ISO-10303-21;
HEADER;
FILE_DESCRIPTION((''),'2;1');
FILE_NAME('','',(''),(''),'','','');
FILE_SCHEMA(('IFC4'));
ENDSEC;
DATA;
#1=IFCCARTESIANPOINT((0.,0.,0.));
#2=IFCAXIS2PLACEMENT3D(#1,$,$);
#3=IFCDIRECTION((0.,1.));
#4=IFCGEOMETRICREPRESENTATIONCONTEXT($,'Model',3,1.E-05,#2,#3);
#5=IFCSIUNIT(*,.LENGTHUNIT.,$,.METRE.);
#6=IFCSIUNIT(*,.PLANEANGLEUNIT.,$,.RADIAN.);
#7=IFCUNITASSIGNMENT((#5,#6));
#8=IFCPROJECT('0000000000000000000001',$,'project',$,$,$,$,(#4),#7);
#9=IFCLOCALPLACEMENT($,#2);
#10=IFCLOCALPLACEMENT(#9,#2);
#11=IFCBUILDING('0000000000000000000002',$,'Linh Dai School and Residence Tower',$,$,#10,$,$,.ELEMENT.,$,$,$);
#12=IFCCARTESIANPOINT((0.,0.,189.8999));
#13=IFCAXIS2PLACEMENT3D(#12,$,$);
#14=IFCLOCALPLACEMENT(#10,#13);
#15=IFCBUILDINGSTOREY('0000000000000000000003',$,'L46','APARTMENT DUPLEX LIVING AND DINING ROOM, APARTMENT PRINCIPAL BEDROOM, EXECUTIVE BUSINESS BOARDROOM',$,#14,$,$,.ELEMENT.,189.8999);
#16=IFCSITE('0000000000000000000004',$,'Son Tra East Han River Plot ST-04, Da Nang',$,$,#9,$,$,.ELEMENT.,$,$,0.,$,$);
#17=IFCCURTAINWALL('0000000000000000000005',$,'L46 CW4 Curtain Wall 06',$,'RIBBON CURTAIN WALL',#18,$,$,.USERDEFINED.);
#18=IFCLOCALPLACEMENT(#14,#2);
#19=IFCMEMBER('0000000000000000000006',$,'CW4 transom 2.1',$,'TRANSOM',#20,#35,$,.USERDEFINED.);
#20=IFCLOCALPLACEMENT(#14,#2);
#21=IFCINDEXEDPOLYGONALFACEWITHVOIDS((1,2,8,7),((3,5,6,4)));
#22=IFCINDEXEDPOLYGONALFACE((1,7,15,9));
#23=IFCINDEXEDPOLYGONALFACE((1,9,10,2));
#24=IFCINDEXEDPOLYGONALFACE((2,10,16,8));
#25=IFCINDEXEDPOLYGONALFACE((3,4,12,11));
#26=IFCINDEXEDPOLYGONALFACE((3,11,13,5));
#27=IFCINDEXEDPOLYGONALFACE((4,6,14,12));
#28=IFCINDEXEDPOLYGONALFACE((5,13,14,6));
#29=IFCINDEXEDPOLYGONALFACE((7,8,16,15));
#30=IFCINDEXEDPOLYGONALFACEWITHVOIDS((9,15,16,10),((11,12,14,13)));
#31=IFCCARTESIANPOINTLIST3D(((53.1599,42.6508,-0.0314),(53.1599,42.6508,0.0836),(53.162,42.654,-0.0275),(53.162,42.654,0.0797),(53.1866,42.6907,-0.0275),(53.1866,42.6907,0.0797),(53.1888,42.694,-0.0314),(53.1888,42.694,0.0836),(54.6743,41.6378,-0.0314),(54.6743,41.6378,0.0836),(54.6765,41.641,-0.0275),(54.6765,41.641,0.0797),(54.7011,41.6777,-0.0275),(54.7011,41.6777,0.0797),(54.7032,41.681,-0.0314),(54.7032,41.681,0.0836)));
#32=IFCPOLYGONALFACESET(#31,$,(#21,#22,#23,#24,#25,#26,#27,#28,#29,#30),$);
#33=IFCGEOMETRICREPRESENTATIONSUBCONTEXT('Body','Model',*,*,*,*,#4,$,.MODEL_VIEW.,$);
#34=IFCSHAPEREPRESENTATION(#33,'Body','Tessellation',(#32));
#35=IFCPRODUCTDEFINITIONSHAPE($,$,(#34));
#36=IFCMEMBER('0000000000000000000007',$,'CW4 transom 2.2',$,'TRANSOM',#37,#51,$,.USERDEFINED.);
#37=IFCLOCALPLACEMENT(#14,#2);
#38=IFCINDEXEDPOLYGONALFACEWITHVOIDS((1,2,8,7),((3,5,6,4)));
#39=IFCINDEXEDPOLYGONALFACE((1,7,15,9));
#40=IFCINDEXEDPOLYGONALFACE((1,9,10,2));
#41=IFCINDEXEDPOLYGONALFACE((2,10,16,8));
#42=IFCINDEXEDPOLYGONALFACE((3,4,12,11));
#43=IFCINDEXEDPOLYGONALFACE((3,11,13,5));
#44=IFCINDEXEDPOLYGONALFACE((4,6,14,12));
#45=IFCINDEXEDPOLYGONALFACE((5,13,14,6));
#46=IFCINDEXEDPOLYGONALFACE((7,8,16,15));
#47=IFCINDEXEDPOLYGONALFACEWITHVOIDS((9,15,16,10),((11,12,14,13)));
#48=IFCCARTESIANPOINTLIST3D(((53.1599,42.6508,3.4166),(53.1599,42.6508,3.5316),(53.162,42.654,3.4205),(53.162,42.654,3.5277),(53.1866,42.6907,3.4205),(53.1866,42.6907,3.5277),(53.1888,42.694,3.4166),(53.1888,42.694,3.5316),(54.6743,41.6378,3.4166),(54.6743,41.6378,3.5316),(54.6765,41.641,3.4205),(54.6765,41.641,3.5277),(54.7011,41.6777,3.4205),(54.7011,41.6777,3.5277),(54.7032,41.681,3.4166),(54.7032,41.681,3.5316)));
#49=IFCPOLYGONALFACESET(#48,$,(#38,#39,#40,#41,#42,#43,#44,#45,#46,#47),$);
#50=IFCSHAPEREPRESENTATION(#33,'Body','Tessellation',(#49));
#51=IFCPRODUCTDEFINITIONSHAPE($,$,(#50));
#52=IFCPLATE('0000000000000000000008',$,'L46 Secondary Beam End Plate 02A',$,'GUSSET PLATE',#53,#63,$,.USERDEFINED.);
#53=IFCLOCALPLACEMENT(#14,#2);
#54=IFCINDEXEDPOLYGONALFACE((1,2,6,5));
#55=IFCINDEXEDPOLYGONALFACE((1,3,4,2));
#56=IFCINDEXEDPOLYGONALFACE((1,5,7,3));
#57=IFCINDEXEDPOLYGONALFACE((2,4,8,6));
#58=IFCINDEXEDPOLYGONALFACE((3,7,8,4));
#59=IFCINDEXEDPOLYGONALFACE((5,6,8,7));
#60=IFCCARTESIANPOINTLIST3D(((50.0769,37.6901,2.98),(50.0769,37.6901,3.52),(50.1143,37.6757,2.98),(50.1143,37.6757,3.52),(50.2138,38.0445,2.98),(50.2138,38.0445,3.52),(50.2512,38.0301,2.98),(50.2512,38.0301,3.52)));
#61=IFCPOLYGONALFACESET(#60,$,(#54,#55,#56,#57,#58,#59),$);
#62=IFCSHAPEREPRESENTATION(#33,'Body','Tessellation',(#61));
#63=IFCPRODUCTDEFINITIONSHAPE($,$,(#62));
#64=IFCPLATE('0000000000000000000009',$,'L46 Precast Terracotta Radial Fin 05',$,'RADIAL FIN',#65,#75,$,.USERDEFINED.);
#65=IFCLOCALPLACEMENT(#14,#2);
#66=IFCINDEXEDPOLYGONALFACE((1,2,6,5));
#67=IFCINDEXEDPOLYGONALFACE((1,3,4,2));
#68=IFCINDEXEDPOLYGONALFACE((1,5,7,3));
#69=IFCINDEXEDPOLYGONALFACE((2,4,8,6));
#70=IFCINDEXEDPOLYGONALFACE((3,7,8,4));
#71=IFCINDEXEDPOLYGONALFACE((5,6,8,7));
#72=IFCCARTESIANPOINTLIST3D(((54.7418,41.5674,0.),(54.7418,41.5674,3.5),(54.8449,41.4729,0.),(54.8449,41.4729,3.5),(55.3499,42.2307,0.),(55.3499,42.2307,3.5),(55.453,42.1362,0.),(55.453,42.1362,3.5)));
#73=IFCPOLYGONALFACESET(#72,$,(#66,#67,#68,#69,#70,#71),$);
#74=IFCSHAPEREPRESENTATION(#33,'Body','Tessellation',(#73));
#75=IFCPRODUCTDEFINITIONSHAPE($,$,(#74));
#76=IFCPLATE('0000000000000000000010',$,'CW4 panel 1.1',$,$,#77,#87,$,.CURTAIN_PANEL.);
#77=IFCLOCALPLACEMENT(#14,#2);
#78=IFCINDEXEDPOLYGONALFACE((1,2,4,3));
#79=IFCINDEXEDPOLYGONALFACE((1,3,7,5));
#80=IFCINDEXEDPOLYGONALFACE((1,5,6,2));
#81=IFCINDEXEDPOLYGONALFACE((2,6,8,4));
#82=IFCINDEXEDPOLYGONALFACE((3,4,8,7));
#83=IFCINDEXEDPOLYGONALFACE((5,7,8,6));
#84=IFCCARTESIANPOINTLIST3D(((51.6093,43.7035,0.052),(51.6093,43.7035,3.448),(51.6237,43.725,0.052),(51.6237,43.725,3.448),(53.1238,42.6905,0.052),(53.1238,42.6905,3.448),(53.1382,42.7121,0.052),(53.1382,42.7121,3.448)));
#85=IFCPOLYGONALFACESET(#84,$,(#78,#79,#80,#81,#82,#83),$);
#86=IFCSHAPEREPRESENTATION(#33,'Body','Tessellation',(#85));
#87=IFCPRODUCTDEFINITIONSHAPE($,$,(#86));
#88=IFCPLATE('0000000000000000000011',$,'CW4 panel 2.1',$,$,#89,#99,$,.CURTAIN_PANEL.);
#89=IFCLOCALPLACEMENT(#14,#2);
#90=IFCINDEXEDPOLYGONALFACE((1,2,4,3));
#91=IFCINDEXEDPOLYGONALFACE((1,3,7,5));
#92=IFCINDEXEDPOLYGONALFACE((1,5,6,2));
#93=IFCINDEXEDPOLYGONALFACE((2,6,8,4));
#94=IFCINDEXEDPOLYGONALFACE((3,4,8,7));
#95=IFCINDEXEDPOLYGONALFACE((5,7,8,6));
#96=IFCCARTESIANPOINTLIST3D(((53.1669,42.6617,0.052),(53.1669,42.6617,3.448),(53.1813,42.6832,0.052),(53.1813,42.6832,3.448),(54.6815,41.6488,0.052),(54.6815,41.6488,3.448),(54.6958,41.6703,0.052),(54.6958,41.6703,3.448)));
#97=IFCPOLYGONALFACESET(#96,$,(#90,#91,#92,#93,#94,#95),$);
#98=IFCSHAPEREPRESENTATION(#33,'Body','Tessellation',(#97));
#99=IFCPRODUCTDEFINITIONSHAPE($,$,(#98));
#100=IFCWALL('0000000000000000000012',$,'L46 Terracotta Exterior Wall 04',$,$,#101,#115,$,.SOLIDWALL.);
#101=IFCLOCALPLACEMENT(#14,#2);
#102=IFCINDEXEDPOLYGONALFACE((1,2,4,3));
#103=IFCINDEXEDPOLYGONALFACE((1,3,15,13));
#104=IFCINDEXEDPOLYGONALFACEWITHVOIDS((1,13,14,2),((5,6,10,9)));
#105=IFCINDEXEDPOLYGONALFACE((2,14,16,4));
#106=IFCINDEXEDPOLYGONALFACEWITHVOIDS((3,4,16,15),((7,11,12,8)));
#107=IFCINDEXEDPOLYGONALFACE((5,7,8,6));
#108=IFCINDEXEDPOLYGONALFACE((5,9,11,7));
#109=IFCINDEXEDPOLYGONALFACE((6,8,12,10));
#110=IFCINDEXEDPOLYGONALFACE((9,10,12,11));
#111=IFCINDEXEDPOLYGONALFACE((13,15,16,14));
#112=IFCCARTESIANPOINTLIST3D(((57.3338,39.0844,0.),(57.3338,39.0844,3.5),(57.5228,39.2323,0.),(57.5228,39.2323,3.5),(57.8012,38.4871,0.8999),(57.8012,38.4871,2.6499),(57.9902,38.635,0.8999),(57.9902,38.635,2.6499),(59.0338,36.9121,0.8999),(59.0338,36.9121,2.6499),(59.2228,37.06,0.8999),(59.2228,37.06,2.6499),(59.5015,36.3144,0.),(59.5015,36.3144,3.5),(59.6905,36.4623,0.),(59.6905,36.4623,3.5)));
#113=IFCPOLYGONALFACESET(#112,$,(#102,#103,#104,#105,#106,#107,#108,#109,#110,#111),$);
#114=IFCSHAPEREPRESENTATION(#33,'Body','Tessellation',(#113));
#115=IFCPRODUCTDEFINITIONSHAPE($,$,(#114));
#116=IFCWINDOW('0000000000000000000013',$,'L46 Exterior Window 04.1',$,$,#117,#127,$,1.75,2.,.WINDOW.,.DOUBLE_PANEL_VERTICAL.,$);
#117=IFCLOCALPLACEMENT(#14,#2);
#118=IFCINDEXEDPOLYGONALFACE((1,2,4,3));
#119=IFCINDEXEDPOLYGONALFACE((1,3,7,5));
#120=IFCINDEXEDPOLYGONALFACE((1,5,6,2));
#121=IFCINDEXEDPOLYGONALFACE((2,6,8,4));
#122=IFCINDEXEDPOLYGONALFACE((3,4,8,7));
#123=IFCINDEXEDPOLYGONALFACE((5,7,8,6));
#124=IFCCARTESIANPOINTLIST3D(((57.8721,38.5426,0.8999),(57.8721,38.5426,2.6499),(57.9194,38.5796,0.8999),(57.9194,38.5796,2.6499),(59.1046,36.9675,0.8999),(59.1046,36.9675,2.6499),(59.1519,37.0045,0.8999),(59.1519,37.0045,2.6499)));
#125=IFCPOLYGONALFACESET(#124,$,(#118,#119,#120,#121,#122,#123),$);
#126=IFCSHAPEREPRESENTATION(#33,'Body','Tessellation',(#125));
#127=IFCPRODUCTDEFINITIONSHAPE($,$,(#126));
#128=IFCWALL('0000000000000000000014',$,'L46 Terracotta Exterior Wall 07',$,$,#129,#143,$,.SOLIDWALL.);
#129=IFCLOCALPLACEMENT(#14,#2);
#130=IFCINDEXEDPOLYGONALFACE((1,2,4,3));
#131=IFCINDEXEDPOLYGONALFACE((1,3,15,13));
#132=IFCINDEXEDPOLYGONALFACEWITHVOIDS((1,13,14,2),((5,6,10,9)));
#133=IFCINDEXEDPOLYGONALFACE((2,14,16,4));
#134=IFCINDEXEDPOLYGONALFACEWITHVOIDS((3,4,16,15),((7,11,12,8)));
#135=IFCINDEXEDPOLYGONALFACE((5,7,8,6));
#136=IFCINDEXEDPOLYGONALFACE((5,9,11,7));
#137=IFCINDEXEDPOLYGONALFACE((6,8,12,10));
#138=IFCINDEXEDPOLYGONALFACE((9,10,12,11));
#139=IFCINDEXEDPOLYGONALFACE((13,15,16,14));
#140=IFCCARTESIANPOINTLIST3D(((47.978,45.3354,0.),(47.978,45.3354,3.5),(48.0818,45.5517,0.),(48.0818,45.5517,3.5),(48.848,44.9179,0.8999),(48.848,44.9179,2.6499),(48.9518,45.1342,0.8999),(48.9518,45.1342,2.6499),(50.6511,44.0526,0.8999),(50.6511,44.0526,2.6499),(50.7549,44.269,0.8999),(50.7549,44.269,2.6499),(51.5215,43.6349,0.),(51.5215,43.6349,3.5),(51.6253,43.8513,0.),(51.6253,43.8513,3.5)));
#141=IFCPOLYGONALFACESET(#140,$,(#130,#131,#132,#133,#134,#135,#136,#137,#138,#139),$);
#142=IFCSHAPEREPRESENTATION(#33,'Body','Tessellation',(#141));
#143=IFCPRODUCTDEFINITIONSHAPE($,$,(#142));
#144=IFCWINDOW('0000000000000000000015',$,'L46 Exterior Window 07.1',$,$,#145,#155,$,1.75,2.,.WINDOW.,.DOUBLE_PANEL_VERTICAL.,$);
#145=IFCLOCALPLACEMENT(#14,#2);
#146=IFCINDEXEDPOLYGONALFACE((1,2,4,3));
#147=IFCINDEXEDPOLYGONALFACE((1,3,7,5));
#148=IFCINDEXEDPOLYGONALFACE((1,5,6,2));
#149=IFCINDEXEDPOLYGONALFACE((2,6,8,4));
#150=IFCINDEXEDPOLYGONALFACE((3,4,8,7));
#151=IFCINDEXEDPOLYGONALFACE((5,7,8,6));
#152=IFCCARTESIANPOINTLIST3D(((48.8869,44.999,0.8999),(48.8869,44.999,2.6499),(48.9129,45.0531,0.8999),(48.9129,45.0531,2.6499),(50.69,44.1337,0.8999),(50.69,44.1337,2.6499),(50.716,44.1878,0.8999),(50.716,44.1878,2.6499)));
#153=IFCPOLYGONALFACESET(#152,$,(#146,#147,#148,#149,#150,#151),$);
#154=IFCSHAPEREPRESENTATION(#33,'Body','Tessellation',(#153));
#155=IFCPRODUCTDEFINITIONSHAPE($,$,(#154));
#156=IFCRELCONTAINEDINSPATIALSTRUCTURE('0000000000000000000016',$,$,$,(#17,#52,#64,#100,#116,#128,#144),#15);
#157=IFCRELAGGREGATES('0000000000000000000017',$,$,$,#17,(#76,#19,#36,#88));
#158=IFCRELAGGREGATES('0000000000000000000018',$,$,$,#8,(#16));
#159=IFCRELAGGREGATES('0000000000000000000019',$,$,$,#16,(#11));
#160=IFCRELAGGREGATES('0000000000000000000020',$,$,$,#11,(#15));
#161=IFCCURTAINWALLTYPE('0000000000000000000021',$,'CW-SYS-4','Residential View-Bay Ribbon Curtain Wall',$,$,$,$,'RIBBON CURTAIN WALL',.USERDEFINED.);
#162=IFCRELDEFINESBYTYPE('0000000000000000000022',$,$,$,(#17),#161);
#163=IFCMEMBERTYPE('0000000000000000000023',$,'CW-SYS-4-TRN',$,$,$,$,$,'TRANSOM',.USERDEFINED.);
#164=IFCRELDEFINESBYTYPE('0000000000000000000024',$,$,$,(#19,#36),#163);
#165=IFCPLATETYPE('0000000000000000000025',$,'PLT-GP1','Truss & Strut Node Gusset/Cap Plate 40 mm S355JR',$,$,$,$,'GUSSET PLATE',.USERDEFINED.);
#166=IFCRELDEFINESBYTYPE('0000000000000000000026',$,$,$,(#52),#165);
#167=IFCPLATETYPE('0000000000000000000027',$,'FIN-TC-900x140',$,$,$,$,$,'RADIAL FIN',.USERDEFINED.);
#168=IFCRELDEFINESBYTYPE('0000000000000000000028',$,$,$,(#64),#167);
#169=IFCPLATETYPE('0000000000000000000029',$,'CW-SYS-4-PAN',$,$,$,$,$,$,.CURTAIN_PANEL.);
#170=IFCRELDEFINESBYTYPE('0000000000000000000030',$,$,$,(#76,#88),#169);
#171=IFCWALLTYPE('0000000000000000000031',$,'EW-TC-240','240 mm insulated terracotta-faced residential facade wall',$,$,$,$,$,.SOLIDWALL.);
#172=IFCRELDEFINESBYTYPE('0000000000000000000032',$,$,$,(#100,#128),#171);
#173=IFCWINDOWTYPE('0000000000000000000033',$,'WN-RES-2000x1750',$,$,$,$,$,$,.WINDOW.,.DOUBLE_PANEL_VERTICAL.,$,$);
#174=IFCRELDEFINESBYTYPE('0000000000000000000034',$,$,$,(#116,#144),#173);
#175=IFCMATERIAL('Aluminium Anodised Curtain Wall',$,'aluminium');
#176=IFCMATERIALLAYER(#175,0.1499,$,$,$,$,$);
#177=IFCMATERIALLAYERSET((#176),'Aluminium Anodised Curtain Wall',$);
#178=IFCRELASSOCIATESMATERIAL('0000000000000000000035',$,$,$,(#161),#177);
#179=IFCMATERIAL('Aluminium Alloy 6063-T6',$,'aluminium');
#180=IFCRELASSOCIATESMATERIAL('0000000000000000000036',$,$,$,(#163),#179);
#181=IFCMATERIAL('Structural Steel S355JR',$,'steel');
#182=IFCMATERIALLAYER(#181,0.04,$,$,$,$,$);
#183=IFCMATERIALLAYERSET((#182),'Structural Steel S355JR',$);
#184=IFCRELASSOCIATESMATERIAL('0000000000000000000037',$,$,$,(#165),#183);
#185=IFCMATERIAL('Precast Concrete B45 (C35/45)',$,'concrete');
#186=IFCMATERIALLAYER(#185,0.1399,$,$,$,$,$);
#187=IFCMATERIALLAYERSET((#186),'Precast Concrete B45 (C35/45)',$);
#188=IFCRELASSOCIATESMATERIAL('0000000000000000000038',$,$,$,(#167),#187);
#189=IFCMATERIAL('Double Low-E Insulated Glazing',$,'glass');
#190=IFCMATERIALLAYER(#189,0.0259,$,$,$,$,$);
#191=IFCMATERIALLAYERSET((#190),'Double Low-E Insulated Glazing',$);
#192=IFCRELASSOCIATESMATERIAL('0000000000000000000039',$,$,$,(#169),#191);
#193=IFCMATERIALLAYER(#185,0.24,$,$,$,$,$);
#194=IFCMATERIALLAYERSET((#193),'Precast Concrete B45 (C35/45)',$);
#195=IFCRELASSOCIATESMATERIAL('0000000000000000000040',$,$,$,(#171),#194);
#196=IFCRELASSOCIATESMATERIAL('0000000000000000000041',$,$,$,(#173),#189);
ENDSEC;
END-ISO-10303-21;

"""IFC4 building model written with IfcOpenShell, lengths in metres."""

from ifc_helpers import new_model, si_unit, direction, frame, frame_2d, origin, origin_2d, place, context, subcontext, project, spatial, rectangle, hollow_rectangle, extrude, source, transform, mapped, material, layer, layer_set, material_profile, profile_set, type_object, element, fill, aggregate, save


model = new_model("IFC4")

# Units and contexts
model_context = context("Model", 3, precision=1e-05, world=origin(), true_north=direction((0.0, 1.0)))
body_context = subcontext(model_context, "Body", "Model", "MODEL_VIEW")
ifc_project = project(units=[si_unit("LENGTHUNIT", "METRE"), si_unit("PLANEANGLEUNIT", "RADIAN")], contexts=[model_context])

# Site, building, storey
site_placement = place(None, origin())
site = spatial("IfcSite", under=ifc_project, at=site_placement, Name="Son Tra East Han River Plot ST-04, Da Nang", CompositionType="ELEMENT", RefElevation=0.0)
building_placement = place(site_placement, origin())
building = spatial("IfcBuilding", under=site, at=building_placement, Name="Linh Dai School and Residence Tower", CompositionType="ELEMENT")
storey_placement = place(building_placement, frame((0.0, 0.0, 189.8999)))
storey = spatial("IfcBuildingStorey", under=building, at=storey_placement, Name="L46", Description="APARTMENT DUPLEX LIVING AND DINING ROOM, APARTMENT PRINCIPAL BEDROOM, EXECUTIVE BUSINESS BOARDROOM", CompositionType="ELEMENT", Elevation=189.8999)

# Shared definitions
ifc_material_1 = material(Name="Structural Steel S355JR", Category="steel")

# Curtain wall, members
ifc_material_2 = material(Name="Aluminium Anodised Curtain Wall", Category="aluminium")
ifc_layer_1 = layer(ifc_material_2, 0.1499)
ifc_layer_set_1 = layer_set([ifc_layer_1], Name="Aluminium Anodised Curtain Wall")
curtain_wall_type = type_object("IfcCurtainWallType", Name="CW-SYS-4", Description="Residential View-Bay Ribbon Curtain Wall", ElementType="RIBBON CURTAIN WALL", PredefinedType="USERDEFINED", material=ifc_layer_set_1)
curtain_wall_placement = place(storey_placement, origin())
curtain_wall = element("IfcCurtainWall", 1, at=curtain_wall_placement, inside=storey, type_object=curtain_wall_type, Name="L46 CW4 Curtain Wall 06", ObjectType="RIBBON CURTAIN WALL", PredefinedType="USERDEFINED")
ifc_material_3 = material(Name="Aluminium Alloy 6063-T6", Category="aluminium")
ifc_material_profile_1 = material_profile(ifc_material_3, hollow_rectangle(XDim=0.052, YDim=0.115, WallThickness=0.0039, at=origin_2d()), Name="RHS 115x52x4")
ifc_profile_set_1 = profile_set([ifc_material_profile_1], Name="Aluminium Alloy 6063-T6")
member_type_1 = type_object("IfcMemberType", Name="CW-SYS-4-TRN", ElementType="TRANSOM", PredefinedType="USERDEFINED", material=ifc_profile_set_1)
shared_shape_1 = source(origin(), body_context, "Body", "SweptSolid", [
    extrude(hollow_rectangle(XDim=0.052, YDim=0.115, WallThickness=0.0039, at=origin_2d()), origin(), (0.0, 0.0, 1.0), 1.822),
])
member_1_placement = place(storey_placement, frame((53.1743, 42.6724, 0.0261), z_axis=(0.831204, -0.555967, 0.0), x_axis=(0.555967, 0.831204, 0.0)))
member_1 = element("IfcMember", 2, at=member_1_placement, type_object=member_type_1, Name="CW4 transom 2.1", ObjectType="TRANSOM", PredefinedType="USERDEFINED", context=body_context, shape_type="MappedRepresentation", body=[
    mapped(shared_shape_1, transform((0.0, 0.0, 0.0), x_axis=(1.0, 0.0, 0.0), y_axis=(0.0, 1.0, 0.0), z_axis=(0.0, 0.0, 1.0), scale=1.0)),
])
member_2_placement = place(storey_placement, frame((53.1743, 42.6724, 3.4741), z_axis=(0.831204, -0.555967, 0.0), x_axis=(0.555967, 0.831204, 0.0)))
member_2 = element("IfcMember", 3, at=member_2_placement, type_object=member_type_1, Name="CW4 transom 2.2", ObjectType="TRANSOM", PredefinedType="USERDEFINED", context=body_context, shape_type="MappedRepresentation", body=[
    mapped(shared_shape_1, transform((0.0, 0.0, 0.0), x_axis=(1.0, 0.0, 0.0), y_axis=(0.0, 1.0, 0.0), z_axis=(0.0, 0.0, 1.0), scale=1.0)),
])

# Plates
ifc_layer_2 = layer(ifc_material_1, 0.04)
ifc_layer_set_2 = layer_set([ifc_layer_2], Name="Structural Steel S355JR")
plate_type_1 = type_object("IfcPlateType", Name="PLT-GP1", Description="Truss & Strut Node Gusset/Cap Plate 40 mm S355JR", ElementType="GUSSET PLATE", PredefinedType="USERDEFINED", material=ifc_layer_set_2)
shared_shape_2 = source(origin(), body_context, "Body", "SweptSolid", [
    extrude(rectangle(XDim=0.04, YDim=0.3799, at=origin_2d()), origin(), (0.0, 0.0, 1.0), 0.54),
])
plate_1_placement = place(storey_placement, frame((50.1641, 37.8601, 2.98), z_axis=(0.0, 0.0, 1.0), x_axis=(-0.932823, 0.360335, 0.0)))
element("IfcPlate", 4, at=plate_1_placement, inside=storey, type_object=plate_type_1, Name="L46 Secondary Beam End Plate 02A", ObjectType="GUSSET PLATE", PredefinedType="USERDEFINED", context=body_context, shape_type="MappedRepresentation", body=[
    mapped(shared_shape_2, transform((0.0, 0.0, 0.0), x_axis=(1.0, 0.0, 0.0), y_axis=(0.0, 1.0, 0.0), z_axis=(0.0, 0.0, 1.0), scale=1.0)),
])
ifc_material_4 = material(Name="Precast Concrete B45 (C35/45)", Category="concrete")
ifc_layer_3 = layer(ifc_material_4, 0.1399)
ifc_layer_set_3 = layer_set([ifc_layer_3], Name="Precast Concrete B45 (C35/45)")
plate_type_2 = type_object("IfcPlateType", Name="FIN-TC-900x140", ElementType="RADIAL FIN", PredefinedType="USERDEFINED", material=ifc_layer_set_3)
shared_shape_3 = source(origin(), body_context, "Body", "SweptSolid", [
    extrude(rectangle(XDim=0.8999, YDim=0.1399, at=origin_2d()), origin(), (0.0, 0.0, 1.0), 3.5),
])
plate_2_placement = place(storey_placement, frame((55.0974, 41.8518, 0.0), z_axis=(0.0, 0.0, 1.0), x_axis=(0.6758, 0.737085, 0.0)))
element("IfcPlate", 5, at=plate_2_placement, inside=storey, type_object=plate_type_2, Name="L46 Precast Terracotta Radial Fin 05", ObjectType="RADIAL FIN", PredefinedType="USERDEFINED", context=body_context, shape_type="MappedRepresentation", body=[
    mapped(shared_shape_3, transform((0.0, 0.0, 0.0), x_axis=(1.0, 0.0, 0.0), y_axis=(0.0, 1.0, 0.0), z_axis=(0.0, 0.0, 1.0), scale=1.0)),
])

# Plates
ifc_material_5 = material(Name="Double Low-E Insulated Glazing", Category="glass")
ifc_layer_4 = layer(ifc_material_5, 0.0259)
ifc_layer_set_4 = layer_set([ifc_layer_4], Name="Double Low-E Insulated Glazing")
plate_type_3 = type_object("IfcPlateType", Name="CW-SYS-4-PAN", PredefinedType="CURTAIN_PANEL", material=ifc_layer_set_4)
shared_shape_4 = source(origin(), body_context, "Body", "SweptSolid", [
    extrude(rectangle(XDim=1.822, YDim=0.0259, at=origin_2d()), origin(), (0.0, 0.0, 1.0), 3.396),
])
plate_3_placement = place(storey_placement, frame((52.3738, 43.2078, 0.052), z_axis=(0.0, 0.0, 1.0), x_axis=(0.831228, -0.555931, 0.0)))
plate_3 = element("IfcPlate", 6, at=plate_3_placement, type_object=plate_type_3, Name="CW4 panel 1.1", PredefinedType="CURTAIN_PANEL", context=body_context, shape_type="MappedRepresentation", body=[
    mapped(shared_shape_4, transform((0.0, 0.0, 0.0), x_axis=(1.0, 0.0, 0.0), y_axis=(0.0, 1.0, 0.0), z_axis=(0.0, 0.0, 1.0), scale=1.0)),
])
plate_4_placement = place(storey_placement, frame((53.9314, 42.166, 0.052), z_axis=(0.0, 0.0, 1.0), x_axis=(0.831228, -0.555931, 0.0)))
plate_4 = element("IfcPlate", 7, at=plate_4_placement, type_object=plate_type_3, Name="CW4 panel 2.1", PredefinedType="CURTAIN_PANEL", context=body_context, shape_type="MappedRepresentation", body=[
    mapped(shared_shape_4, transform((0.0, 0.0, 0.0), x_axis=(1.0, 0.0, 0.0), y_axis=(0.0, 1.0, 0.0), z_axis=(0.0, 0.0, 1.0), scale=1.0)),
])
aggregate(curtain_wall, [plate_3, member_1, member_2, plate_4])

# Wall, opening, window
ifc_layer_5 = layer(ifc_material_4, 0.24)
ifc_layer_set_5 = layer_set([ifc_layer_5], Name="Precast Concrete B45 (C35/45)")
wall_type_1 = type_object("IfcWallType", Name="EW-TC-240", Description="240 mm insulated terracotta-faced residential facade wall", PredefinedType="SOLIDWALL", material=ifc_layer_set_5)
wall_1_placement = place(storey_placement, frame((57.4282, 39.1584, 0.0), z_axis=(0.0, 0.0, 1.0), x_axis=(0.616288, -0.787521, 0.0)))
wall_1 = element("IfcWall", 8, at=wall_1_placement, inside=storey, type_object=wall_type_1, Name="L46 Terracotta Exterior Wall 04", PredefinedType="SOLIDWALL", context=body_context, shape_type="SweptSolid", body=[
    extrude(rectangle(XDim=3.5173, YDim=0.24, at=frame_2d((1.7588, 0.0))), origin(), (0.0, 0.0, 1.0), 3.5),
])
opening_1_placement = place(wall_1_placement, frame((0.7585, 0.0, 0.8999)))
opening_1 = element("IfcOpeningElement", 9, at=opening_1_placement, cuts=wall_1, PredefinedType="OPENING", context=body_context, shape_type="SweptSolid", body=[
    extrude(rectangle(XDim=2.0, YDim=1.75, at=origin_2d()), frame((1.0, 0.1299, 0.875), z_axis=(0.0, -1.0, 0.0), x_axis=(1.0, 0.0, 0.0)), (0.0, 0.0, 1.0), 0.26),
])
window_type = type_object("IfcWindowType", Name="WN-RES-2000x1750", PartitioningType="DOUBLE_PANEL_VERTICAL", PredefinedType="WINDOW", material=ifc_material_5)
shared_shape_5 = source(origin(), body_context, "Body", "SweptSolid", [
    extrude(rectangle(XDim=2.0, YDim=1.75, at=origin_2d()), frame((1.0, 0.03, 0.875), z_axis=(0.0, -1.0, 0.0), x_axis=(1.0, 0.0, 0.0)), (0.0, 0.0, 1.0), 0.0601),
])
window_1_placement = place(opening_1_placement, origin())
window_1 = element("IfcWindow", 10, at=window_1_placement, inside=storey, type_object=window_type, Name="L46 Exterior Window 04.1", OverallHeight=1.75, OverallWidth=2.0, PartitioningType="DOUBLE_PANEL_VERTICAL", PredefinedType="WINDOW", context=body_context, shape_type="MappedRepresentation", body=[
    mapped(shared_shape_5, transform((0.0, 0.0, 0.0), x_axis=(1.0, 0.0, 0.0), y_axis=(0.0, 1.0, 0.0), z_axis=(0.0, 0.0, 1.0), scale=1.0)),
])
fill(opening_1, window_1)

# Wall, opening, window
wall_2_placement = place(storey_placement, frame((48.0298, 45.4436, 0.0), z_axis=(0.0, 0.0, 1.0), x_axis=(0.901565, -0.432644, 0.0)))
wall_2 = element("IfcWall", 11, at=wall_2_placement, inside=storey, type_object=wall_type_1, Name="L46 Terracotta Exterior Wall 07", PredefinedType="SOLIDWALL", context=body_context, shape_type="SweptSolid", body=[
    extrude(rectangle(XDim=3.9304, YDim=0.24, at=frame_2d((1.9653, 0.0))), origin(), (0.0, 0.0, 1.0), 3.5),
])
opening_2_placement = place(wall_2_placement, frame((0.9651, 0.0, 0.8999)))
opening_2 = element("IfcOpeningElement", 12, at=opening_2_placement, cuts=wall_2, PredefinedType="OPENING", context=body_context, shape_type="SweptSolid", body=[
    extrude(rectangle(XDim=2.0, YDim=1.75, at=origin_2d()), frame((1.0, 0.1299, 0.875), z_axis=(0.0, -1.0, 0.0), x_axis=(1.0, 0.0, 0.0)), (0.0, 0.0, 1.0), 0.26),
])
window_2_placement = place(opening_2_placement, origin())
window_2 = element("IfcWindow", 13, at=window_2_placement, inside=storey, type_object=window_type, Name="L46 Exterior Window 07.1", OverallHeight=1.75, OverallWidth=2.0, PartitioningType="DOUBLE_PANEL_VERTICAL", PredefinedType="WINDOW", context=body_context, shape_type="MappedRepresentation", body=[
    mapped(shared_shape_5, transform((0.0, 0.0, 0.0), x_axis=(1.0, 0.0, 0.0), y_axis=(0.0, 1.0, 0.0), z_axis=(0.0, 0.0, 1.0), scale=1.0)),
])
fill(opening_2, window_2)

save(model, "model.ifc")
